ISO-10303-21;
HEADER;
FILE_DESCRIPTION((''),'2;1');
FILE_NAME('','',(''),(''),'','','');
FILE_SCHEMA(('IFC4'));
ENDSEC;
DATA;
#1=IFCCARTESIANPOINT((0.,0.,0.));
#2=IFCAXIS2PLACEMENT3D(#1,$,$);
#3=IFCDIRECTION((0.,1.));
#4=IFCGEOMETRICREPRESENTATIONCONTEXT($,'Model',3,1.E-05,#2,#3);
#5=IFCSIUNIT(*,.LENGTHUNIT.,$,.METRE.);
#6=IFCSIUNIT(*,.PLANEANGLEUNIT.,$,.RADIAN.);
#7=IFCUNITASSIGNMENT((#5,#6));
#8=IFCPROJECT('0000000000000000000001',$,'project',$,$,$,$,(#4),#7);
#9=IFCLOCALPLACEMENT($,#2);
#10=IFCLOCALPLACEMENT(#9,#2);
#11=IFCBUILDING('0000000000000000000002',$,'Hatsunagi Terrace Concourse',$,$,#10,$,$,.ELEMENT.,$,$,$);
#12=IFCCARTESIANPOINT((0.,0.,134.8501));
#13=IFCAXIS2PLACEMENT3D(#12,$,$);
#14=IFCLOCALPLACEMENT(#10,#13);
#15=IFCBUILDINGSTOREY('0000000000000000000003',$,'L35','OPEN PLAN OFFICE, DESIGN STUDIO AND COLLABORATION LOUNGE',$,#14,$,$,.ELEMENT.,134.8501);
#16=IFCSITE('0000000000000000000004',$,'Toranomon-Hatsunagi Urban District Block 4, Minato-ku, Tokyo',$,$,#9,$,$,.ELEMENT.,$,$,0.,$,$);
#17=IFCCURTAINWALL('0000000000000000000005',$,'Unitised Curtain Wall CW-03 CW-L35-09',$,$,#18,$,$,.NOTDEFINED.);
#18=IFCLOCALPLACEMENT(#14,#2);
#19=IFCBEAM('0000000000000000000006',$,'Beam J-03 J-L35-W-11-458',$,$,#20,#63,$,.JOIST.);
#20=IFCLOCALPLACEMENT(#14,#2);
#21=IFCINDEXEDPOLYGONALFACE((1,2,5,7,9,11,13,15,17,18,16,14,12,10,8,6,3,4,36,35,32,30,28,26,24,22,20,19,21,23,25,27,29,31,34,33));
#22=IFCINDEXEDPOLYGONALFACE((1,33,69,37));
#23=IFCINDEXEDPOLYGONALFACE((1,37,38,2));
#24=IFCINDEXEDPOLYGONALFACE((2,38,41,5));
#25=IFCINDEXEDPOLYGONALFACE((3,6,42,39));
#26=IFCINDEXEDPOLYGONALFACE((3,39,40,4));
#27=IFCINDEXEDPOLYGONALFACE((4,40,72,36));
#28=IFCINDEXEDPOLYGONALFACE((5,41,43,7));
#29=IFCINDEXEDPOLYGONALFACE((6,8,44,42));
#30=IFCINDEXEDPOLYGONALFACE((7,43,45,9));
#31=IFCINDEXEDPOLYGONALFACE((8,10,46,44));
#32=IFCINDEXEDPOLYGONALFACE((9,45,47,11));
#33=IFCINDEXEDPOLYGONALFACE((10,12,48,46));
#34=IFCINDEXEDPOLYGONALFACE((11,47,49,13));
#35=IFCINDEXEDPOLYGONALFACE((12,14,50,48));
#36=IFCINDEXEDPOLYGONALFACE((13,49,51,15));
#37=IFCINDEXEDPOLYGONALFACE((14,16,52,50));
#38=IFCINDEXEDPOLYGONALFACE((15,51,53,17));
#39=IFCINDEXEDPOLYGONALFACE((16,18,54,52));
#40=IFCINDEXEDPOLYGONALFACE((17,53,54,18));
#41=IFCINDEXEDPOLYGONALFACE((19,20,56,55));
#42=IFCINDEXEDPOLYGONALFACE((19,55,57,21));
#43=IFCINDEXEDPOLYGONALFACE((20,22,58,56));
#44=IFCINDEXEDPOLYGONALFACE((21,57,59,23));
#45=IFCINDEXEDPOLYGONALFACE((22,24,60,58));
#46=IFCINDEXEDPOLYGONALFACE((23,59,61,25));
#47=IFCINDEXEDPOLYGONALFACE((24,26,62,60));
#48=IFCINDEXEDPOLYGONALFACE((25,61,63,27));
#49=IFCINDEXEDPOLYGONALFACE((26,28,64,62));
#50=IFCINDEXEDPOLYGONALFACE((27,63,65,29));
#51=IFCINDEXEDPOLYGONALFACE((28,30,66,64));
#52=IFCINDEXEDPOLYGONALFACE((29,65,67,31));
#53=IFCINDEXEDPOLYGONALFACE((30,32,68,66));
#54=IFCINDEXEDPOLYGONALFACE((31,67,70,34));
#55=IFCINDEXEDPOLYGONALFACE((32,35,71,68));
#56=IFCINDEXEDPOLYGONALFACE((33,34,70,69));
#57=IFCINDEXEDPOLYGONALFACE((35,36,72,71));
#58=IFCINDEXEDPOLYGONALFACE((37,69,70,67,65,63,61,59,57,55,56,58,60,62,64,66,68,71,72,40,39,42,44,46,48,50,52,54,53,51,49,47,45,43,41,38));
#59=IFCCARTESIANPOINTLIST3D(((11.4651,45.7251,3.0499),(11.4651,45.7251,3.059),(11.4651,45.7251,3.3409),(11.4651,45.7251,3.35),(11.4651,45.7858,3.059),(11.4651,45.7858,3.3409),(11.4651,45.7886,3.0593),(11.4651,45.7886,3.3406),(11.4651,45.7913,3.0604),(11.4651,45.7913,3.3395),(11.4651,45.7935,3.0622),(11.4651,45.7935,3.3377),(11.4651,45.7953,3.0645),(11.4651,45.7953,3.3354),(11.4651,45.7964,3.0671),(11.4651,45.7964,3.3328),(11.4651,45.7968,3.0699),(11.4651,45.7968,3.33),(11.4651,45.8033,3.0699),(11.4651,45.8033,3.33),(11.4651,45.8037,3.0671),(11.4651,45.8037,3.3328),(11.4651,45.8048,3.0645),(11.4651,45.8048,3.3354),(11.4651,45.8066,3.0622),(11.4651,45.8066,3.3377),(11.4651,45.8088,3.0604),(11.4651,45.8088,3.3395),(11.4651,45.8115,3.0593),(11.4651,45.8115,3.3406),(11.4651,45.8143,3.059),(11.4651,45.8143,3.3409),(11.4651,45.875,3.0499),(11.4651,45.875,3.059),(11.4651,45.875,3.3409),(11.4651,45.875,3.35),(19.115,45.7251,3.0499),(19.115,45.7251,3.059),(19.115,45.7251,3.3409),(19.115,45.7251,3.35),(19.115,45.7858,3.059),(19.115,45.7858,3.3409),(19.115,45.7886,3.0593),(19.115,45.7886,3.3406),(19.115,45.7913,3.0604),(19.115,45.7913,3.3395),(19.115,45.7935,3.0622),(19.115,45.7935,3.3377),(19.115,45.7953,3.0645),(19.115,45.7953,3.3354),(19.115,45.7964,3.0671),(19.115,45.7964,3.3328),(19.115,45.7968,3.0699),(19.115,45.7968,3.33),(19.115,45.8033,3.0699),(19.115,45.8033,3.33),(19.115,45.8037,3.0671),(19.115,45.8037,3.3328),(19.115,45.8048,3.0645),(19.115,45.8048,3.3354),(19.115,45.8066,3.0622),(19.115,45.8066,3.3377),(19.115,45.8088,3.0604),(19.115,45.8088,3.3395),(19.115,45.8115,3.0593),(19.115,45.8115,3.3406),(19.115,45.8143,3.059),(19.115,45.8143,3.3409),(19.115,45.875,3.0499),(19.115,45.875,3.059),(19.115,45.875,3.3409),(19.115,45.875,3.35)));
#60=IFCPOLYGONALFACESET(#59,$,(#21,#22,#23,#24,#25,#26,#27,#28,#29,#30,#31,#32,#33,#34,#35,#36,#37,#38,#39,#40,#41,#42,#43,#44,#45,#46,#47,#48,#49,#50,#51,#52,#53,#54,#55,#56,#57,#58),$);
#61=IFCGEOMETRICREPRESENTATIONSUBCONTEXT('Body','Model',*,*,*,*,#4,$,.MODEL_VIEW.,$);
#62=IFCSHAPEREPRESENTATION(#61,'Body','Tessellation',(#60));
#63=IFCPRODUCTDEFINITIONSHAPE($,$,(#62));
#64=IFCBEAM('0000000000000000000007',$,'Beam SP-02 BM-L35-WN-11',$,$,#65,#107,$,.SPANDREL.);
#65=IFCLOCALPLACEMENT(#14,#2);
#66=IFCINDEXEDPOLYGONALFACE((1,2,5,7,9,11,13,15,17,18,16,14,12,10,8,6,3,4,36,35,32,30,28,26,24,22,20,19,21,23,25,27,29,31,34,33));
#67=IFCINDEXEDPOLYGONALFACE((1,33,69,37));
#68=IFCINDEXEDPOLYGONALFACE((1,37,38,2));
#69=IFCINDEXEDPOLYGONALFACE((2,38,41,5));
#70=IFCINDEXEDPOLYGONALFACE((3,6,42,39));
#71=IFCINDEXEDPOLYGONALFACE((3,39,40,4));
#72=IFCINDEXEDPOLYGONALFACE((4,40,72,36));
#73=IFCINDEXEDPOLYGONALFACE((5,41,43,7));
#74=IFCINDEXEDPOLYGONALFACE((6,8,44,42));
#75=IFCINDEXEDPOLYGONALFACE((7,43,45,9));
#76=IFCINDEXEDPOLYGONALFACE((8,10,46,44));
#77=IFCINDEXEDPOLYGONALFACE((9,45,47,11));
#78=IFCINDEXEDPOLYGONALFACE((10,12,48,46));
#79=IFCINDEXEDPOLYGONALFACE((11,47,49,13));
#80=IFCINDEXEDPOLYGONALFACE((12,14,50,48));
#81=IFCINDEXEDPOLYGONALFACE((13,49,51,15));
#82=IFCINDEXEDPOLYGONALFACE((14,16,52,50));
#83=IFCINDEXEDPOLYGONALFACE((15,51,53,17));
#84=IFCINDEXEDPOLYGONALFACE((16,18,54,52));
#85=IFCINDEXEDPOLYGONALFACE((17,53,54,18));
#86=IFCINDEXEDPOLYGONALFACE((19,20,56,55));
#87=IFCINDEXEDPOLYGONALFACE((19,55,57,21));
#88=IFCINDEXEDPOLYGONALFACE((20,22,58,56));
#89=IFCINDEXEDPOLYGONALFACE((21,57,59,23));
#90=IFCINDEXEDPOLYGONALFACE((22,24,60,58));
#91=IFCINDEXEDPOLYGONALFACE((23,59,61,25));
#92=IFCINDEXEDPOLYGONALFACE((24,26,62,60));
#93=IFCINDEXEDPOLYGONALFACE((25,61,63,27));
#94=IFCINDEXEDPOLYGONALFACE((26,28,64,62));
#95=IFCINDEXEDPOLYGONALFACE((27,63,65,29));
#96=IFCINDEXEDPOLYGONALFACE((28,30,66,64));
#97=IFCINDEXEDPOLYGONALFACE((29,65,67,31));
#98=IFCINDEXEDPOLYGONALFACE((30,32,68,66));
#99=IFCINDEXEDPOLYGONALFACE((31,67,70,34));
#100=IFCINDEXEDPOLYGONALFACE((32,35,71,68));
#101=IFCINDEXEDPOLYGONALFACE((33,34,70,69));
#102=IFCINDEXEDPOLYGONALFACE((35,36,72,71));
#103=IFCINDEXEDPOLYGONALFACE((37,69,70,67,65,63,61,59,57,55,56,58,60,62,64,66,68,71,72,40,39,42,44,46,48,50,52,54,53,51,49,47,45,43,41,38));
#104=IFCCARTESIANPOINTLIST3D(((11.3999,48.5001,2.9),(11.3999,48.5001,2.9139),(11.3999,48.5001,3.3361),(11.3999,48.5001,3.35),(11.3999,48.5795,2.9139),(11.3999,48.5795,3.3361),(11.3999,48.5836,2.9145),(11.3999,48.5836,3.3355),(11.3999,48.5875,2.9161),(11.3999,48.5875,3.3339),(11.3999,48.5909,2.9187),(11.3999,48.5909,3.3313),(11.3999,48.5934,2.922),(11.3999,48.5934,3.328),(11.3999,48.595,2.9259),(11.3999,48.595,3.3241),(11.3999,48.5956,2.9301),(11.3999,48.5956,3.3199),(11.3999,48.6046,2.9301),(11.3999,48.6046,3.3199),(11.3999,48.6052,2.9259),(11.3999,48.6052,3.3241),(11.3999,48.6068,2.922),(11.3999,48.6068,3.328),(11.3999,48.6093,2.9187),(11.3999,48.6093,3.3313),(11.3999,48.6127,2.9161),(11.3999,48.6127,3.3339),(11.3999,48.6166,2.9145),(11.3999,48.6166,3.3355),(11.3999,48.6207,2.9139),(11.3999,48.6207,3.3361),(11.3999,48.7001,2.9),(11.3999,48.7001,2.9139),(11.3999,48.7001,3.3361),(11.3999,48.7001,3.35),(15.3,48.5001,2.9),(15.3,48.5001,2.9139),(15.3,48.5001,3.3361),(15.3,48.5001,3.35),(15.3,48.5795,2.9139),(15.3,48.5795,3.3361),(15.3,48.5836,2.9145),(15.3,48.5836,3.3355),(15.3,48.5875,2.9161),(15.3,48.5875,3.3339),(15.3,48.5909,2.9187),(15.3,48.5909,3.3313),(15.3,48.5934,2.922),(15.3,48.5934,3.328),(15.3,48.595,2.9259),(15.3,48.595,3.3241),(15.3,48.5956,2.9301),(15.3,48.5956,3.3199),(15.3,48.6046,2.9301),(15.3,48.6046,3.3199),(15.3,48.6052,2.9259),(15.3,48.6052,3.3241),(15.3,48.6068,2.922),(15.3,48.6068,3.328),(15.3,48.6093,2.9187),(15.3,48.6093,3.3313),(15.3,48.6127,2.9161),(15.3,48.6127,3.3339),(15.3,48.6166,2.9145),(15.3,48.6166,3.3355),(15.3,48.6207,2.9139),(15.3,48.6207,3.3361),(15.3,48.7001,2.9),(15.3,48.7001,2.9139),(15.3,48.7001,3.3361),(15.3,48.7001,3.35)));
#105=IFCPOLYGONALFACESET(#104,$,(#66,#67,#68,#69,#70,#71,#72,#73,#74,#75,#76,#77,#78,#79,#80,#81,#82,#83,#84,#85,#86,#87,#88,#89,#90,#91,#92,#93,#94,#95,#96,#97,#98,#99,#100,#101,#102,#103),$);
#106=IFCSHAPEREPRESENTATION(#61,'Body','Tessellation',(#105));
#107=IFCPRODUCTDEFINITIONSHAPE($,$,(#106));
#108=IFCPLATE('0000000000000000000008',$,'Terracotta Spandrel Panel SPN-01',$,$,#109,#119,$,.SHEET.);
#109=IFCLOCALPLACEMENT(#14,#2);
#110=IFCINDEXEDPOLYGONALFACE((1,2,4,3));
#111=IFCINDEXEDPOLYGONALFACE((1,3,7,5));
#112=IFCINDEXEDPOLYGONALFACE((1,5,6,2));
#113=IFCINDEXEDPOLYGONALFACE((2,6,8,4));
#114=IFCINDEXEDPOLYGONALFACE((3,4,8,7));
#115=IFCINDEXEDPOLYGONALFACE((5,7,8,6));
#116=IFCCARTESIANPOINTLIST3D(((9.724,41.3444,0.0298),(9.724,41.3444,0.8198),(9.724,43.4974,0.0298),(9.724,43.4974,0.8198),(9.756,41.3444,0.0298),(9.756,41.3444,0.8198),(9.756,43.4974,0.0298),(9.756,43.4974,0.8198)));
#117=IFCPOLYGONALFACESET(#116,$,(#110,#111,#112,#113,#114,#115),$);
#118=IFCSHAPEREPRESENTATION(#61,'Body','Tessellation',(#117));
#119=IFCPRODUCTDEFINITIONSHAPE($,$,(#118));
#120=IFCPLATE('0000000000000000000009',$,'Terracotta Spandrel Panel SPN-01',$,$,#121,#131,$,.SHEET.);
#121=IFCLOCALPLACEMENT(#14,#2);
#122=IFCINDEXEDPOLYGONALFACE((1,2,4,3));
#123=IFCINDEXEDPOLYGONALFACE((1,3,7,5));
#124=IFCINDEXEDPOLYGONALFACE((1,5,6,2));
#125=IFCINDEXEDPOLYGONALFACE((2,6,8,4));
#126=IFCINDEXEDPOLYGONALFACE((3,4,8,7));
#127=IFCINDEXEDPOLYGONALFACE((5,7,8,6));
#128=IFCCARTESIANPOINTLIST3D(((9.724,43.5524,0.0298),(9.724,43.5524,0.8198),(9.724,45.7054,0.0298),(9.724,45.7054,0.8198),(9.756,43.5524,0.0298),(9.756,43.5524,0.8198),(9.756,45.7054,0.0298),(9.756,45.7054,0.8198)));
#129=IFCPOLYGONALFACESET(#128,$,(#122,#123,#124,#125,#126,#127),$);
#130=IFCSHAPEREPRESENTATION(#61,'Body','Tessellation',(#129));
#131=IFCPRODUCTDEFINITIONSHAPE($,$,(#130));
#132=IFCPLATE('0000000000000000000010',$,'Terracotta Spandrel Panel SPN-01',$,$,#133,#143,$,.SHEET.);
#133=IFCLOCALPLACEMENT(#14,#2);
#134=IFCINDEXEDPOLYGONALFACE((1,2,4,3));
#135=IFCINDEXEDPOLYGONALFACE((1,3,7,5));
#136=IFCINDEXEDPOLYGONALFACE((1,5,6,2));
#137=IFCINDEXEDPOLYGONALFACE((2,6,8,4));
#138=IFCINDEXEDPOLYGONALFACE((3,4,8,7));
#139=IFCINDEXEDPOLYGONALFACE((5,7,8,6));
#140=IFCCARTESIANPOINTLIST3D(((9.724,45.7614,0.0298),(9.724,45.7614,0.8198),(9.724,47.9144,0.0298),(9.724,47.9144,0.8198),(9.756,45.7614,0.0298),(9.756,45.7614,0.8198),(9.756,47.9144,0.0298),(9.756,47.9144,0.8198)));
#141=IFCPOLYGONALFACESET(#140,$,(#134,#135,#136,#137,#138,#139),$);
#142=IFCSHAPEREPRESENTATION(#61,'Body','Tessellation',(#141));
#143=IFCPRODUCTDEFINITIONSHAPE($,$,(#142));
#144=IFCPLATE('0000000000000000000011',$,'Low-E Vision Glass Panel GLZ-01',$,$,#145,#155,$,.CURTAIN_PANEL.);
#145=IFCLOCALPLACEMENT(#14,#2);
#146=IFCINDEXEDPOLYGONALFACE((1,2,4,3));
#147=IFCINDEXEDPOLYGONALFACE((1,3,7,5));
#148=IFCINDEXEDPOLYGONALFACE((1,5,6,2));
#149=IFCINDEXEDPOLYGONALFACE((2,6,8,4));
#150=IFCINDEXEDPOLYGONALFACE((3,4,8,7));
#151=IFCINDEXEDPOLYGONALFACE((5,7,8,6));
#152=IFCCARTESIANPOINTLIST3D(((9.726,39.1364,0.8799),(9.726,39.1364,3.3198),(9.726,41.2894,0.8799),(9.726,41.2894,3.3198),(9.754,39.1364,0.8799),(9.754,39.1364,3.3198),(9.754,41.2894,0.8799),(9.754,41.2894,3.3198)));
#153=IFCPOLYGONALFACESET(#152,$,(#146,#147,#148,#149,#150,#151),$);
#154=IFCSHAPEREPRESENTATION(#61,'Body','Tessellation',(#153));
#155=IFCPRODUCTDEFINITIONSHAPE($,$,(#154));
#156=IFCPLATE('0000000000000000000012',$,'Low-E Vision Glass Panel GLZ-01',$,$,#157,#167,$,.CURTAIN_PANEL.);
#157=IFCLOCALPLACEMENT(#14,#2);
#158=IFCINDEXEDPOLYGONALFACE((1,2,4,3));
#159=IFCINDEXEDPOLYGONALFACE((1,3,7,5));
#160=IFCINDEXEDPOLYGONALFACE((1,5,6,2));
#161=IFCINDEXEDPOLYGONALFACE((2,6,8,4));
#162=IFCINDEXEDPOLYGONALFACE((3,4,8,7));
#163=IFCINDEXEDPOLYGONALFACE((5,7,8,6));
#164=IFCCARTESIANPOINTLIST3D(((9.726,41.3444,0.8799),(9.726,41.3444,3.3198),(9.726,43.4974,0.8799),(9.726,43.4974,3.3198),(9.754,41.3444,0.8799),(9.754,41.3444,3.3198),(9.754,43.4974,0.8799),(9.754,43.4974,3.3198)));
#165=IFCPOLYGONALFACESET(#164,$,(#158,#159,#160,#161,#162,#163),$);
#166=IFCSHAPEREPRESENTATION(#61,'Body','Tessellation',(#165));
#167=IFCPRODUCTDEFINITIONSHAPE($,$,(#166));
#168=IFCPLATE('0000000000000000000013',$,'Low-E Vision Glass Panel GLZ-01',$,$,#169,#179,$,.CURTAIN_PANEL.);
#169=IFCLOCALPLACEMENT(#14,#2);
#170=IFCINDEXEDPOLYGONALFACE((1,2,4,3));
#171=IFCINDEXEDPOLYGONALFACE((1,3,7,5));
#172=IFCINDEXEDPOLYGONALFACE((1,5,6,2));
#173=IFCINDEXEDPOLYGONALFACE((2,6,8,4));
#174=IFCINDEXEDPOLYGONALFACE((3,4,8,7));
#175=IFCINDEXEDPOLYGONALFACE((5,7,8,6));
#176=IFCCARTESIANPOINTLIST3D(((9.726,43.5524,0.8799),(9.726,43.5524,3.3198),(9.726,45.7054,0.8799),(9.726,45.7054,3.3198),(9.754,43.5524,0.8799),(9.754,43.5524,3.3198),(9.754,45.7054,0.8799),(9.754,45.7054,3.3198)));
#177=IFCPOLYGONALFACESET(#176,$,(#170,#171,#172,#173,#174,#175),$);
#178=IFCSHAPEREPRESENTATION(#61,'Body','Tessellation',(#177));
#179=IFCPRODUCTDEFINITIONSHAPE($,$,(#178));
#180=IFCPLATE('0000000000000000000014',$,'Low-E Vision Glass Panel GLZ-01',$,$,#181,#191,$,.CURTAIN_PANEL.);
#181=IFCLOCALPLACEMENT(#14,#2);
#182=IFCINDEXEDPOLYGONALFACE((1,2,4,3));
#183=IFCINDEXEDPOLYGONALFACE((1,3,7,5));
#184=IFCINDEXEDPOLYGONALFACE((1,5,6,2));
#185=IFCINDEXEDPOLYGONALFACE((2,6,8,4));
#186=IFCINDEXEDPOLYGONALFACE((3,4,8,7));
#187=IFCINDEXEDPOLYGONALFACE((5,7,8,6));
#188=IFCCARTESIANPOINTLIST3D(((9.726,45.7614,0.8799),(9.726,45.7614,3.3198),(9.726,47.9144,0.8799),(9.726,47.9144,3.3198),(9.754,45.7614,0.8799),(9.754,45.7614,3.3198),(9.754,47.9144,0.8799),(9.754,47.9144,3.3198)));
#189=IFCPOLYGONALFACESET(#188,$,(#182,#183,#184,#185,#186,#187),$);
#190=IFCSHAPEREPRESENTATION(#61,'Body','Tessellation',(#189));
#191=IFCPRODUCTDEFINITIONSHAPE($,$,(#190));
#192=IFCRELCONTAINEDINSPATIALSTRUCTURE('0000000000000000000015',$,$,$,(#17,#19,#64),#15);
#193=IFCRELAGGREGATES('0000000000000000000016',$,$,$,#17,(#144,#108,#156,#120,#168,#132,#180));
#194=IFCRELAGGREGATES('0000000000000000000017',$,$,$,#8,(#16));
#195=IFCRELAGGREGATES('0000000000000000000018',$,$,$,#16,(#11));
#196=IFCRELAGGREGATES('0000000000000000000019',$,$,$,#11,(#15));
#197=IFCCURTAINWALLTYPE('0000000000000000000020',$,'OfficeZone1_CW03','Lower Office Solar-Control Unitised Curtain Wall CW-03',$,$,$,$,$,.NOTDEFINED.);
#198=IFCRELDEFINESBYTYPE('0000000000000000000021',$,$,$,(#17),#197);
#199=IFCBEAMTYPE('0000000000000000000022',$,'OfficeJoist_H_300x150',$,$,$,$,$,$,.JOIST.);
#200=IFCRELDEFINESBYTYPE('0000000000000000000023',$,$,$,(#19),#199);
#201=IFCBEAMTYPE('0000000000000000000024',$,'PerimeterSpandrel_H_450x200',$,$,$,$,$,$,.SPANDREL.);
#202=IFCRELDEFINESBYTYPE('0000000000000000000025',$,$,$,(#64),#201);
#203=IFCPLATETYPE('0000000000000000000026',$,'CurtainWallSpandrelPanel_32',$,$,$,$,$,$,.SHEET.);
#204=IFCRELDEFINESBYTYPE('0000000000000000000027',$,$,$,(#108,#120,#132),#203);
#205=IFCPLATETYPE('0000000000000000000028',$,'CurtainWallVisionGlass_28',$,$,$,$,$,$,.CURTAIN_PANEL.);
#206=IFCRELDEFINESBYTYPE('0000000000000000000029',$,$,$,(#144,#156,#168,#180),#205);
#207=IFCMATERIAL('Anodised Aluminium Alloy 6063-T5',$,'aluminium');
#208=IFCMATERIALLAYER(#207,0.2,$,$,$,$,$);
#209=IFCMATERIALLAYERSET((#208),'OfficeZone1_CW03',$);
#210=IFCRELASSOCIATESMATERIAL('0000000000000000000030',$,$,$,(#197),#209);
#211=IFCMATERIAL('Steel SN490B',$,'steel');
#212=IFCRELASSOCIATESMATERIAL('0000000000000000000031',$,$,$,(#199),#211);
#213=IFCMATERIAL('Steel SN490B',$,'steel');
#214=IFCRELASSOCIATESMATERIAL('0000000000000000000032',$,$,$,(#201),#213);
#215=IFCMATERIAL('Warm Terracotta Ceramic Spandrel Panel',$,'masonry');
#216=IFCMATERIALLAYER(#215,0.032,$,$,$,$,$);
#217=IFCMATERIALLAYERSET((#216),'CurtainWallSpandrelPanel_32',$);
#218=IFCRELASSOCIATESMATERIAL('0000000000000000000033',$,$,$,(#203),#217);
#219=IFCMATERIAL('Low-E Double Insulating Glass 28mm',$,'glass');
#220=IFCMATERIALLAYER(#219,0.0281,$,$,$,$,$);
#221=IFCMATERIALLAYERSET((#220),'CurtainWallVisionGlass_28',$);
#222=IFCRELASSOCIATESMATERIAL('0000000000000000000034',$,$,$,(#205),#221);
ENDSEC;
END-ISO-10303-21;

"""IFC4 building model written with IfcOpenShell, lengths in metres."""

from ifc_helpers import new_model, si_unit, direction, frame, origin, origin_2d, place, context, subcontext, project, spatial, rectangle, i_section, extrude, material, layer, layer_set, material_profile, profile_set, type_object, element, aggregate, save


model = new_model("IFC4")

# Units and contexts
model_context = context("Model", 3, precision=1e-05, world=origin(), true_north=direction((0.0, 1.0)))
body_context = subcontext(model_context, "Body", "Model", "MODEL_VIEW")
ifc_project = project(units=[si_unit("LENGTHUNIT", "METRE"), si_unit("PLANEANGLEUNIT", "RADIAN")], contexts=[model_context])

# Site, building, storey
site_placement = place(None, origin())
site = spatial("IfcSite", under=ifc_project, at=site_placement, Name="Toranomon-Hatsunagi Urban District Block 4, Minato-ku, Tokyo", CompositionType="ELEMENT", RefElevation=0.0)
building_placement = place(site_placement, origin())
building = spatial("IfcBuilding", under=site, at=building_placement, Name="Hatsunagi Terrace Concourse", CompositionType="ELEMENT")
storey_placement = place(building_placement, frame((0.0, 0.0, 134.8501)))
storey = spatial("IfcBuildingStorey", under=building, at=storey_placement, Name="L35", Description="OPEN PLAN OFFICE, DESIGN STUDIO AND COLLABORATION LOUNGE", CompositionType="ELEMENT", Elevation=134.8501)

# Curtain wall
ifc_material_1 = material(Name="Anodised Aluminium Alloy 6063-T5", Category="aluminium")
ifc_layer_1 = layer(ifc_material_1, 0.2)
ifc_layer_set_1 = layer_set([ifc_layer_1], Name="OfficeZone1_CW03")
curtain_wall_type = type_object("IfcCurtainWallType", Name="OfficeZone1_CW03", Description="Lower Office Solar-Control Unitised Curtain Wall CW-03", PredefinedType="NOTDEFINED", material=ifc_layer_set_1)
curtain_wall_placement = place(storey_placement, origin())
curtain_wall = element("IfcCurtainWall", 1, at=curtain_wall_placement, inside=storey, type_object=curtain_wall_type, Name="Unitised Curtain Wall CW-03 CW-L35-09", PredefinedType="NOTDEFINED")

# Beams
ifc_material_2 = material(Name="Steel SN490B", Category="steel")
ifc_material_profile_1 = material_profile(ifc_material_2, i_section(OverallWidth=0.1499, OverallDepth=0.3, WebThickness=0.0066, FlangeThickness=0.009, FilletRadius=0.011, at=origin_2d()), Name="H-300x150x6.5x9")
ifc_profile_set_1 = profile_set([ifc_material_profile_1], Name="Steel SN490B")
beam_type_1 = type_object("IfcBeamType", Name="OfficeJoist_H_300x150", PredefinedType="JOIST", material=ifc_profile_set_1)
for number, where, z_axis, x_axis, name in (
    (2, (11.4651, 45.8, 3.2), (1.0, 0.0, 0.0), (0.0, 1.0, 0.0), "Beam J-03 J-L35-W-11-458"),
):
    element("IfcBeam", number, at=place(storey_placement, frame(where, z_axis=z_axis, x_axis=x_axis)), inside=storey, type_object=beam_type_1, Name=name, PredefinedType="JOIST", context=body_context, shape_type="SweptSolid", body=[
        extrude(i_section(OverallWidth=0.1499, OverallDepth=0.3, WebThickness=0.0066, FlangeThickness=0.009, FilletRadius=0.011, at=origin_2d()), origin(), (0.0, 0.0, 1.0), 7.6499),
    ])
ifc_material_3 = material(Name="Steel SN490B", Category="steel")
ifc_material_profile_2 = material_profile(ifc_material_3, i_section(OverallWidth=0.2, OverallDepth=0.45, WebThickness=0.009, FlangeThickness=0.0139, FilletRadius=0.0161, at=origin_2d()), Name="H-450x200x9x14")
ifc_profile_set_2 = profile_set([ifc_material_profile_2], Name="Steel SN490B")
beam_type_2 = type_object("IfcBeamType", Name="PerimeterSpandrel_H_450x200", PredefinedType="SPANDREL", material=ifc_profile_set_2)
beam_placement = place(storey_placement, frame((11.3999, 48.6001, 3.125), z_axis=(1.0, 0.0, 0.0), x_axis=(0.0, 1.0, 0.0)))
element("IfcBeam", 3, at=beam_placement, inside=storey, type_object=beam_type_2, Name="Beam SP-02 BM-L35-WN-11", PredefinedType="SPANDREL", context=body_context, shape_type="SweptSolid", body=[
    extrude(i_section(OverallWidth=0.2, OverallDepth=0.45, WebThickness=0.009, FlangeThickness=0.0139, FilletRadius=0.0161, at=origin_2d()), origin(), (0.0, 0.0, 1.0), 3.9001),
])

# Plates
ifc_material_4 = material(Name="Warm Terracotta Ceramic Spandrel Panel", Category="masonry")
ifc_layer_2 = layer(ifc_material_4, 0.032)
ifc_layer_set_2 = layer_set([ifc_layer_2], Name="CurtainWallSpandrelPanel_32")
plate_type_1 = type_object("IfcPlateType", Name="CurtainWallSpandrelPanel_32", PredefinedType="SHEET", material=ifc_layer_set_2)
plate_1_placement = place(storey_placement, frame((9.74, 42.4209, 0.0298), z_axis=(0.0, 0.0, 1.0), x_axis=(0.0, 1.0, 0.0)))
plate_1 = element("IfcPlate", 4, at=plate_1_placement, type_object=plate_type_1, Name="Terracotta Spandrel Panel SPN-01", PredefinedType="SHEET", context=body_context, shape_type="SweptSolid", body=[
    extrude(rectangle(XDim=2.1531, YDim=0.032, at=origin_2d()), origin(), (0.0, 0.0, 1.0), 0.79),
])
plate_2_placement = place(storey_placement, frame((9.74, 44.6289, 0.0298), z_axis=(0.0, 0.0, 1.0), x_axis=(0.0, 1.0, 0.0)))
plate_2 = element("IfcPlate", 5, at=plate_2_placement, type_object=plate_type_1, Name="Terracotta Spandrel Panel SPN-01", PredefinedType="SHEET", context=body_context, shape_type="SweptSolid", body=[
    extrude(rectangle(XDim=2.1531, YDim=0.032, at=origin_2d()), origin(), (0.0, 0.0, 1.0), 0.79),
])
plate_3_placement = place(storey_placement, frame((9.74, 46.8379, 0.0298), z_axis=(0.0, 0.0, 1.0), x_axis=(0.0, 1.0, 0.0)))
plate_3 = element("IfcPlate", 6, at=plate_3_placement, type_object=plate_type_1, Name="Terracotta Spandrel Panel SPN-01", PredefinedType="SHEET", context=body_context, shape_type="SweptSolid", body=[
    extrude(rectangle(XDim=2.1531, YDim=0.032, at=origin_2d()), origin(), (0.0, 0.0, 1.0), 0.79),
])
ifc_material_5 = material(Name="Low-E Double Insulating Glass 28mm", Category="glass")
ifc_layer_3 = layer(ifc_material_5, 0.0281)
ifc_layer_set_3 = layer_set([ifc_layer_3], Name="CurtainWallVisionGlass_28")
plate_type_2 = type_object("IfcPlateType", Name="CurtainWallVisionGlass_28", PredefinedType="CURTAIN_PANEL", material=ifc_layer_set_3)
plate_4_placement = place(storey_placement, frame((9.74, 40.2129, 0.8799), z_axis=(0.0, 0.0, 1.0), x_axis=(0.0, 1.0, 0.0)))
plate_4 = element("IfcPlate", 7, at=plate_4_placement, type_object=plate_type_2, Name="Low-E Vision Glass Panel GLZ-01", PredefinedType="CURTAIN_PANEL", context=body_context, shape_type="SweptSolid", body=[
    extrude(rectangle(XDim=2.1531, YDim=0.0281, at=origin_2d()), origin(), (0.0, 0.0, 1.0), 2.4399),
])
plate_5_placement = place(storey_placement, frame((9.74, 42.4209, 0.8799), z_axis=(0.0, 0.0, 1.0), x_axis=(0.0, 1.0, 0.0)))
plate_5 = element("IfcPlate", 8, at=plate_5_placement, type_object=plate_type_2, Name="Low-E Vision Glass Panel GLZ-01", PredefinedType="CURTAIN_PANEL", context=body_context, shape_type="SweptSolid", body=[
    extrude(rectangle(XDim=2.1531, YDim=0.0281, at=origin_2d()), origin(), (0.0, 0.0, 1.0), 2.4399),
])
plate_6_placement = place(storey_placement, frame((9.74, 44.6289, 0.8799), z_axis=(0.0, 0.0, 1.0), x_axis=(0.0, 1.0, 0.0)))
plate_6 = element("IfcPlate", 9, at=plate_6_placement, type_object=plate_type_2, Name="Low-E Vision Glass Panel GLZ-01", PredefinedType="CURTAIN_PANEL", context=body_context, shape_type="SweptSolid", body=[
    extrude(rectangle(XDim=2.1531, YDim=0.0281, at=origin_2d()), origin(), (0.0, 0.0, 1.0), 2.4399),
])
plate_7_placement = place(storey_placement, frame((9.74, 46.8379, 0.8799), z_axis=(0.0, 0.0, 1.0), x_axis=(0.0, 1.0, 0.0)))
plate_7 = element("IfcPlate", 10, at=plate_7_placement, type_object=plate_type_2, Name="Low-E Vision Glass Panel GLZ-01", PredefinedType="CURTAIN_PANEL", context=body_context, shape_type="SweptSolid", body=[
    extrude(rectangle(XDim=2.1531, YDim=0.0281, at=origin_2d()), origin(), (0.0, 0.0, 1.0), 2.4399),
])
aggregate(curtain_wall, [plate_4, plate_1, plate_5, plate_2, plate_6, plate_3, plate_7])

save(model, "model.ifc")
